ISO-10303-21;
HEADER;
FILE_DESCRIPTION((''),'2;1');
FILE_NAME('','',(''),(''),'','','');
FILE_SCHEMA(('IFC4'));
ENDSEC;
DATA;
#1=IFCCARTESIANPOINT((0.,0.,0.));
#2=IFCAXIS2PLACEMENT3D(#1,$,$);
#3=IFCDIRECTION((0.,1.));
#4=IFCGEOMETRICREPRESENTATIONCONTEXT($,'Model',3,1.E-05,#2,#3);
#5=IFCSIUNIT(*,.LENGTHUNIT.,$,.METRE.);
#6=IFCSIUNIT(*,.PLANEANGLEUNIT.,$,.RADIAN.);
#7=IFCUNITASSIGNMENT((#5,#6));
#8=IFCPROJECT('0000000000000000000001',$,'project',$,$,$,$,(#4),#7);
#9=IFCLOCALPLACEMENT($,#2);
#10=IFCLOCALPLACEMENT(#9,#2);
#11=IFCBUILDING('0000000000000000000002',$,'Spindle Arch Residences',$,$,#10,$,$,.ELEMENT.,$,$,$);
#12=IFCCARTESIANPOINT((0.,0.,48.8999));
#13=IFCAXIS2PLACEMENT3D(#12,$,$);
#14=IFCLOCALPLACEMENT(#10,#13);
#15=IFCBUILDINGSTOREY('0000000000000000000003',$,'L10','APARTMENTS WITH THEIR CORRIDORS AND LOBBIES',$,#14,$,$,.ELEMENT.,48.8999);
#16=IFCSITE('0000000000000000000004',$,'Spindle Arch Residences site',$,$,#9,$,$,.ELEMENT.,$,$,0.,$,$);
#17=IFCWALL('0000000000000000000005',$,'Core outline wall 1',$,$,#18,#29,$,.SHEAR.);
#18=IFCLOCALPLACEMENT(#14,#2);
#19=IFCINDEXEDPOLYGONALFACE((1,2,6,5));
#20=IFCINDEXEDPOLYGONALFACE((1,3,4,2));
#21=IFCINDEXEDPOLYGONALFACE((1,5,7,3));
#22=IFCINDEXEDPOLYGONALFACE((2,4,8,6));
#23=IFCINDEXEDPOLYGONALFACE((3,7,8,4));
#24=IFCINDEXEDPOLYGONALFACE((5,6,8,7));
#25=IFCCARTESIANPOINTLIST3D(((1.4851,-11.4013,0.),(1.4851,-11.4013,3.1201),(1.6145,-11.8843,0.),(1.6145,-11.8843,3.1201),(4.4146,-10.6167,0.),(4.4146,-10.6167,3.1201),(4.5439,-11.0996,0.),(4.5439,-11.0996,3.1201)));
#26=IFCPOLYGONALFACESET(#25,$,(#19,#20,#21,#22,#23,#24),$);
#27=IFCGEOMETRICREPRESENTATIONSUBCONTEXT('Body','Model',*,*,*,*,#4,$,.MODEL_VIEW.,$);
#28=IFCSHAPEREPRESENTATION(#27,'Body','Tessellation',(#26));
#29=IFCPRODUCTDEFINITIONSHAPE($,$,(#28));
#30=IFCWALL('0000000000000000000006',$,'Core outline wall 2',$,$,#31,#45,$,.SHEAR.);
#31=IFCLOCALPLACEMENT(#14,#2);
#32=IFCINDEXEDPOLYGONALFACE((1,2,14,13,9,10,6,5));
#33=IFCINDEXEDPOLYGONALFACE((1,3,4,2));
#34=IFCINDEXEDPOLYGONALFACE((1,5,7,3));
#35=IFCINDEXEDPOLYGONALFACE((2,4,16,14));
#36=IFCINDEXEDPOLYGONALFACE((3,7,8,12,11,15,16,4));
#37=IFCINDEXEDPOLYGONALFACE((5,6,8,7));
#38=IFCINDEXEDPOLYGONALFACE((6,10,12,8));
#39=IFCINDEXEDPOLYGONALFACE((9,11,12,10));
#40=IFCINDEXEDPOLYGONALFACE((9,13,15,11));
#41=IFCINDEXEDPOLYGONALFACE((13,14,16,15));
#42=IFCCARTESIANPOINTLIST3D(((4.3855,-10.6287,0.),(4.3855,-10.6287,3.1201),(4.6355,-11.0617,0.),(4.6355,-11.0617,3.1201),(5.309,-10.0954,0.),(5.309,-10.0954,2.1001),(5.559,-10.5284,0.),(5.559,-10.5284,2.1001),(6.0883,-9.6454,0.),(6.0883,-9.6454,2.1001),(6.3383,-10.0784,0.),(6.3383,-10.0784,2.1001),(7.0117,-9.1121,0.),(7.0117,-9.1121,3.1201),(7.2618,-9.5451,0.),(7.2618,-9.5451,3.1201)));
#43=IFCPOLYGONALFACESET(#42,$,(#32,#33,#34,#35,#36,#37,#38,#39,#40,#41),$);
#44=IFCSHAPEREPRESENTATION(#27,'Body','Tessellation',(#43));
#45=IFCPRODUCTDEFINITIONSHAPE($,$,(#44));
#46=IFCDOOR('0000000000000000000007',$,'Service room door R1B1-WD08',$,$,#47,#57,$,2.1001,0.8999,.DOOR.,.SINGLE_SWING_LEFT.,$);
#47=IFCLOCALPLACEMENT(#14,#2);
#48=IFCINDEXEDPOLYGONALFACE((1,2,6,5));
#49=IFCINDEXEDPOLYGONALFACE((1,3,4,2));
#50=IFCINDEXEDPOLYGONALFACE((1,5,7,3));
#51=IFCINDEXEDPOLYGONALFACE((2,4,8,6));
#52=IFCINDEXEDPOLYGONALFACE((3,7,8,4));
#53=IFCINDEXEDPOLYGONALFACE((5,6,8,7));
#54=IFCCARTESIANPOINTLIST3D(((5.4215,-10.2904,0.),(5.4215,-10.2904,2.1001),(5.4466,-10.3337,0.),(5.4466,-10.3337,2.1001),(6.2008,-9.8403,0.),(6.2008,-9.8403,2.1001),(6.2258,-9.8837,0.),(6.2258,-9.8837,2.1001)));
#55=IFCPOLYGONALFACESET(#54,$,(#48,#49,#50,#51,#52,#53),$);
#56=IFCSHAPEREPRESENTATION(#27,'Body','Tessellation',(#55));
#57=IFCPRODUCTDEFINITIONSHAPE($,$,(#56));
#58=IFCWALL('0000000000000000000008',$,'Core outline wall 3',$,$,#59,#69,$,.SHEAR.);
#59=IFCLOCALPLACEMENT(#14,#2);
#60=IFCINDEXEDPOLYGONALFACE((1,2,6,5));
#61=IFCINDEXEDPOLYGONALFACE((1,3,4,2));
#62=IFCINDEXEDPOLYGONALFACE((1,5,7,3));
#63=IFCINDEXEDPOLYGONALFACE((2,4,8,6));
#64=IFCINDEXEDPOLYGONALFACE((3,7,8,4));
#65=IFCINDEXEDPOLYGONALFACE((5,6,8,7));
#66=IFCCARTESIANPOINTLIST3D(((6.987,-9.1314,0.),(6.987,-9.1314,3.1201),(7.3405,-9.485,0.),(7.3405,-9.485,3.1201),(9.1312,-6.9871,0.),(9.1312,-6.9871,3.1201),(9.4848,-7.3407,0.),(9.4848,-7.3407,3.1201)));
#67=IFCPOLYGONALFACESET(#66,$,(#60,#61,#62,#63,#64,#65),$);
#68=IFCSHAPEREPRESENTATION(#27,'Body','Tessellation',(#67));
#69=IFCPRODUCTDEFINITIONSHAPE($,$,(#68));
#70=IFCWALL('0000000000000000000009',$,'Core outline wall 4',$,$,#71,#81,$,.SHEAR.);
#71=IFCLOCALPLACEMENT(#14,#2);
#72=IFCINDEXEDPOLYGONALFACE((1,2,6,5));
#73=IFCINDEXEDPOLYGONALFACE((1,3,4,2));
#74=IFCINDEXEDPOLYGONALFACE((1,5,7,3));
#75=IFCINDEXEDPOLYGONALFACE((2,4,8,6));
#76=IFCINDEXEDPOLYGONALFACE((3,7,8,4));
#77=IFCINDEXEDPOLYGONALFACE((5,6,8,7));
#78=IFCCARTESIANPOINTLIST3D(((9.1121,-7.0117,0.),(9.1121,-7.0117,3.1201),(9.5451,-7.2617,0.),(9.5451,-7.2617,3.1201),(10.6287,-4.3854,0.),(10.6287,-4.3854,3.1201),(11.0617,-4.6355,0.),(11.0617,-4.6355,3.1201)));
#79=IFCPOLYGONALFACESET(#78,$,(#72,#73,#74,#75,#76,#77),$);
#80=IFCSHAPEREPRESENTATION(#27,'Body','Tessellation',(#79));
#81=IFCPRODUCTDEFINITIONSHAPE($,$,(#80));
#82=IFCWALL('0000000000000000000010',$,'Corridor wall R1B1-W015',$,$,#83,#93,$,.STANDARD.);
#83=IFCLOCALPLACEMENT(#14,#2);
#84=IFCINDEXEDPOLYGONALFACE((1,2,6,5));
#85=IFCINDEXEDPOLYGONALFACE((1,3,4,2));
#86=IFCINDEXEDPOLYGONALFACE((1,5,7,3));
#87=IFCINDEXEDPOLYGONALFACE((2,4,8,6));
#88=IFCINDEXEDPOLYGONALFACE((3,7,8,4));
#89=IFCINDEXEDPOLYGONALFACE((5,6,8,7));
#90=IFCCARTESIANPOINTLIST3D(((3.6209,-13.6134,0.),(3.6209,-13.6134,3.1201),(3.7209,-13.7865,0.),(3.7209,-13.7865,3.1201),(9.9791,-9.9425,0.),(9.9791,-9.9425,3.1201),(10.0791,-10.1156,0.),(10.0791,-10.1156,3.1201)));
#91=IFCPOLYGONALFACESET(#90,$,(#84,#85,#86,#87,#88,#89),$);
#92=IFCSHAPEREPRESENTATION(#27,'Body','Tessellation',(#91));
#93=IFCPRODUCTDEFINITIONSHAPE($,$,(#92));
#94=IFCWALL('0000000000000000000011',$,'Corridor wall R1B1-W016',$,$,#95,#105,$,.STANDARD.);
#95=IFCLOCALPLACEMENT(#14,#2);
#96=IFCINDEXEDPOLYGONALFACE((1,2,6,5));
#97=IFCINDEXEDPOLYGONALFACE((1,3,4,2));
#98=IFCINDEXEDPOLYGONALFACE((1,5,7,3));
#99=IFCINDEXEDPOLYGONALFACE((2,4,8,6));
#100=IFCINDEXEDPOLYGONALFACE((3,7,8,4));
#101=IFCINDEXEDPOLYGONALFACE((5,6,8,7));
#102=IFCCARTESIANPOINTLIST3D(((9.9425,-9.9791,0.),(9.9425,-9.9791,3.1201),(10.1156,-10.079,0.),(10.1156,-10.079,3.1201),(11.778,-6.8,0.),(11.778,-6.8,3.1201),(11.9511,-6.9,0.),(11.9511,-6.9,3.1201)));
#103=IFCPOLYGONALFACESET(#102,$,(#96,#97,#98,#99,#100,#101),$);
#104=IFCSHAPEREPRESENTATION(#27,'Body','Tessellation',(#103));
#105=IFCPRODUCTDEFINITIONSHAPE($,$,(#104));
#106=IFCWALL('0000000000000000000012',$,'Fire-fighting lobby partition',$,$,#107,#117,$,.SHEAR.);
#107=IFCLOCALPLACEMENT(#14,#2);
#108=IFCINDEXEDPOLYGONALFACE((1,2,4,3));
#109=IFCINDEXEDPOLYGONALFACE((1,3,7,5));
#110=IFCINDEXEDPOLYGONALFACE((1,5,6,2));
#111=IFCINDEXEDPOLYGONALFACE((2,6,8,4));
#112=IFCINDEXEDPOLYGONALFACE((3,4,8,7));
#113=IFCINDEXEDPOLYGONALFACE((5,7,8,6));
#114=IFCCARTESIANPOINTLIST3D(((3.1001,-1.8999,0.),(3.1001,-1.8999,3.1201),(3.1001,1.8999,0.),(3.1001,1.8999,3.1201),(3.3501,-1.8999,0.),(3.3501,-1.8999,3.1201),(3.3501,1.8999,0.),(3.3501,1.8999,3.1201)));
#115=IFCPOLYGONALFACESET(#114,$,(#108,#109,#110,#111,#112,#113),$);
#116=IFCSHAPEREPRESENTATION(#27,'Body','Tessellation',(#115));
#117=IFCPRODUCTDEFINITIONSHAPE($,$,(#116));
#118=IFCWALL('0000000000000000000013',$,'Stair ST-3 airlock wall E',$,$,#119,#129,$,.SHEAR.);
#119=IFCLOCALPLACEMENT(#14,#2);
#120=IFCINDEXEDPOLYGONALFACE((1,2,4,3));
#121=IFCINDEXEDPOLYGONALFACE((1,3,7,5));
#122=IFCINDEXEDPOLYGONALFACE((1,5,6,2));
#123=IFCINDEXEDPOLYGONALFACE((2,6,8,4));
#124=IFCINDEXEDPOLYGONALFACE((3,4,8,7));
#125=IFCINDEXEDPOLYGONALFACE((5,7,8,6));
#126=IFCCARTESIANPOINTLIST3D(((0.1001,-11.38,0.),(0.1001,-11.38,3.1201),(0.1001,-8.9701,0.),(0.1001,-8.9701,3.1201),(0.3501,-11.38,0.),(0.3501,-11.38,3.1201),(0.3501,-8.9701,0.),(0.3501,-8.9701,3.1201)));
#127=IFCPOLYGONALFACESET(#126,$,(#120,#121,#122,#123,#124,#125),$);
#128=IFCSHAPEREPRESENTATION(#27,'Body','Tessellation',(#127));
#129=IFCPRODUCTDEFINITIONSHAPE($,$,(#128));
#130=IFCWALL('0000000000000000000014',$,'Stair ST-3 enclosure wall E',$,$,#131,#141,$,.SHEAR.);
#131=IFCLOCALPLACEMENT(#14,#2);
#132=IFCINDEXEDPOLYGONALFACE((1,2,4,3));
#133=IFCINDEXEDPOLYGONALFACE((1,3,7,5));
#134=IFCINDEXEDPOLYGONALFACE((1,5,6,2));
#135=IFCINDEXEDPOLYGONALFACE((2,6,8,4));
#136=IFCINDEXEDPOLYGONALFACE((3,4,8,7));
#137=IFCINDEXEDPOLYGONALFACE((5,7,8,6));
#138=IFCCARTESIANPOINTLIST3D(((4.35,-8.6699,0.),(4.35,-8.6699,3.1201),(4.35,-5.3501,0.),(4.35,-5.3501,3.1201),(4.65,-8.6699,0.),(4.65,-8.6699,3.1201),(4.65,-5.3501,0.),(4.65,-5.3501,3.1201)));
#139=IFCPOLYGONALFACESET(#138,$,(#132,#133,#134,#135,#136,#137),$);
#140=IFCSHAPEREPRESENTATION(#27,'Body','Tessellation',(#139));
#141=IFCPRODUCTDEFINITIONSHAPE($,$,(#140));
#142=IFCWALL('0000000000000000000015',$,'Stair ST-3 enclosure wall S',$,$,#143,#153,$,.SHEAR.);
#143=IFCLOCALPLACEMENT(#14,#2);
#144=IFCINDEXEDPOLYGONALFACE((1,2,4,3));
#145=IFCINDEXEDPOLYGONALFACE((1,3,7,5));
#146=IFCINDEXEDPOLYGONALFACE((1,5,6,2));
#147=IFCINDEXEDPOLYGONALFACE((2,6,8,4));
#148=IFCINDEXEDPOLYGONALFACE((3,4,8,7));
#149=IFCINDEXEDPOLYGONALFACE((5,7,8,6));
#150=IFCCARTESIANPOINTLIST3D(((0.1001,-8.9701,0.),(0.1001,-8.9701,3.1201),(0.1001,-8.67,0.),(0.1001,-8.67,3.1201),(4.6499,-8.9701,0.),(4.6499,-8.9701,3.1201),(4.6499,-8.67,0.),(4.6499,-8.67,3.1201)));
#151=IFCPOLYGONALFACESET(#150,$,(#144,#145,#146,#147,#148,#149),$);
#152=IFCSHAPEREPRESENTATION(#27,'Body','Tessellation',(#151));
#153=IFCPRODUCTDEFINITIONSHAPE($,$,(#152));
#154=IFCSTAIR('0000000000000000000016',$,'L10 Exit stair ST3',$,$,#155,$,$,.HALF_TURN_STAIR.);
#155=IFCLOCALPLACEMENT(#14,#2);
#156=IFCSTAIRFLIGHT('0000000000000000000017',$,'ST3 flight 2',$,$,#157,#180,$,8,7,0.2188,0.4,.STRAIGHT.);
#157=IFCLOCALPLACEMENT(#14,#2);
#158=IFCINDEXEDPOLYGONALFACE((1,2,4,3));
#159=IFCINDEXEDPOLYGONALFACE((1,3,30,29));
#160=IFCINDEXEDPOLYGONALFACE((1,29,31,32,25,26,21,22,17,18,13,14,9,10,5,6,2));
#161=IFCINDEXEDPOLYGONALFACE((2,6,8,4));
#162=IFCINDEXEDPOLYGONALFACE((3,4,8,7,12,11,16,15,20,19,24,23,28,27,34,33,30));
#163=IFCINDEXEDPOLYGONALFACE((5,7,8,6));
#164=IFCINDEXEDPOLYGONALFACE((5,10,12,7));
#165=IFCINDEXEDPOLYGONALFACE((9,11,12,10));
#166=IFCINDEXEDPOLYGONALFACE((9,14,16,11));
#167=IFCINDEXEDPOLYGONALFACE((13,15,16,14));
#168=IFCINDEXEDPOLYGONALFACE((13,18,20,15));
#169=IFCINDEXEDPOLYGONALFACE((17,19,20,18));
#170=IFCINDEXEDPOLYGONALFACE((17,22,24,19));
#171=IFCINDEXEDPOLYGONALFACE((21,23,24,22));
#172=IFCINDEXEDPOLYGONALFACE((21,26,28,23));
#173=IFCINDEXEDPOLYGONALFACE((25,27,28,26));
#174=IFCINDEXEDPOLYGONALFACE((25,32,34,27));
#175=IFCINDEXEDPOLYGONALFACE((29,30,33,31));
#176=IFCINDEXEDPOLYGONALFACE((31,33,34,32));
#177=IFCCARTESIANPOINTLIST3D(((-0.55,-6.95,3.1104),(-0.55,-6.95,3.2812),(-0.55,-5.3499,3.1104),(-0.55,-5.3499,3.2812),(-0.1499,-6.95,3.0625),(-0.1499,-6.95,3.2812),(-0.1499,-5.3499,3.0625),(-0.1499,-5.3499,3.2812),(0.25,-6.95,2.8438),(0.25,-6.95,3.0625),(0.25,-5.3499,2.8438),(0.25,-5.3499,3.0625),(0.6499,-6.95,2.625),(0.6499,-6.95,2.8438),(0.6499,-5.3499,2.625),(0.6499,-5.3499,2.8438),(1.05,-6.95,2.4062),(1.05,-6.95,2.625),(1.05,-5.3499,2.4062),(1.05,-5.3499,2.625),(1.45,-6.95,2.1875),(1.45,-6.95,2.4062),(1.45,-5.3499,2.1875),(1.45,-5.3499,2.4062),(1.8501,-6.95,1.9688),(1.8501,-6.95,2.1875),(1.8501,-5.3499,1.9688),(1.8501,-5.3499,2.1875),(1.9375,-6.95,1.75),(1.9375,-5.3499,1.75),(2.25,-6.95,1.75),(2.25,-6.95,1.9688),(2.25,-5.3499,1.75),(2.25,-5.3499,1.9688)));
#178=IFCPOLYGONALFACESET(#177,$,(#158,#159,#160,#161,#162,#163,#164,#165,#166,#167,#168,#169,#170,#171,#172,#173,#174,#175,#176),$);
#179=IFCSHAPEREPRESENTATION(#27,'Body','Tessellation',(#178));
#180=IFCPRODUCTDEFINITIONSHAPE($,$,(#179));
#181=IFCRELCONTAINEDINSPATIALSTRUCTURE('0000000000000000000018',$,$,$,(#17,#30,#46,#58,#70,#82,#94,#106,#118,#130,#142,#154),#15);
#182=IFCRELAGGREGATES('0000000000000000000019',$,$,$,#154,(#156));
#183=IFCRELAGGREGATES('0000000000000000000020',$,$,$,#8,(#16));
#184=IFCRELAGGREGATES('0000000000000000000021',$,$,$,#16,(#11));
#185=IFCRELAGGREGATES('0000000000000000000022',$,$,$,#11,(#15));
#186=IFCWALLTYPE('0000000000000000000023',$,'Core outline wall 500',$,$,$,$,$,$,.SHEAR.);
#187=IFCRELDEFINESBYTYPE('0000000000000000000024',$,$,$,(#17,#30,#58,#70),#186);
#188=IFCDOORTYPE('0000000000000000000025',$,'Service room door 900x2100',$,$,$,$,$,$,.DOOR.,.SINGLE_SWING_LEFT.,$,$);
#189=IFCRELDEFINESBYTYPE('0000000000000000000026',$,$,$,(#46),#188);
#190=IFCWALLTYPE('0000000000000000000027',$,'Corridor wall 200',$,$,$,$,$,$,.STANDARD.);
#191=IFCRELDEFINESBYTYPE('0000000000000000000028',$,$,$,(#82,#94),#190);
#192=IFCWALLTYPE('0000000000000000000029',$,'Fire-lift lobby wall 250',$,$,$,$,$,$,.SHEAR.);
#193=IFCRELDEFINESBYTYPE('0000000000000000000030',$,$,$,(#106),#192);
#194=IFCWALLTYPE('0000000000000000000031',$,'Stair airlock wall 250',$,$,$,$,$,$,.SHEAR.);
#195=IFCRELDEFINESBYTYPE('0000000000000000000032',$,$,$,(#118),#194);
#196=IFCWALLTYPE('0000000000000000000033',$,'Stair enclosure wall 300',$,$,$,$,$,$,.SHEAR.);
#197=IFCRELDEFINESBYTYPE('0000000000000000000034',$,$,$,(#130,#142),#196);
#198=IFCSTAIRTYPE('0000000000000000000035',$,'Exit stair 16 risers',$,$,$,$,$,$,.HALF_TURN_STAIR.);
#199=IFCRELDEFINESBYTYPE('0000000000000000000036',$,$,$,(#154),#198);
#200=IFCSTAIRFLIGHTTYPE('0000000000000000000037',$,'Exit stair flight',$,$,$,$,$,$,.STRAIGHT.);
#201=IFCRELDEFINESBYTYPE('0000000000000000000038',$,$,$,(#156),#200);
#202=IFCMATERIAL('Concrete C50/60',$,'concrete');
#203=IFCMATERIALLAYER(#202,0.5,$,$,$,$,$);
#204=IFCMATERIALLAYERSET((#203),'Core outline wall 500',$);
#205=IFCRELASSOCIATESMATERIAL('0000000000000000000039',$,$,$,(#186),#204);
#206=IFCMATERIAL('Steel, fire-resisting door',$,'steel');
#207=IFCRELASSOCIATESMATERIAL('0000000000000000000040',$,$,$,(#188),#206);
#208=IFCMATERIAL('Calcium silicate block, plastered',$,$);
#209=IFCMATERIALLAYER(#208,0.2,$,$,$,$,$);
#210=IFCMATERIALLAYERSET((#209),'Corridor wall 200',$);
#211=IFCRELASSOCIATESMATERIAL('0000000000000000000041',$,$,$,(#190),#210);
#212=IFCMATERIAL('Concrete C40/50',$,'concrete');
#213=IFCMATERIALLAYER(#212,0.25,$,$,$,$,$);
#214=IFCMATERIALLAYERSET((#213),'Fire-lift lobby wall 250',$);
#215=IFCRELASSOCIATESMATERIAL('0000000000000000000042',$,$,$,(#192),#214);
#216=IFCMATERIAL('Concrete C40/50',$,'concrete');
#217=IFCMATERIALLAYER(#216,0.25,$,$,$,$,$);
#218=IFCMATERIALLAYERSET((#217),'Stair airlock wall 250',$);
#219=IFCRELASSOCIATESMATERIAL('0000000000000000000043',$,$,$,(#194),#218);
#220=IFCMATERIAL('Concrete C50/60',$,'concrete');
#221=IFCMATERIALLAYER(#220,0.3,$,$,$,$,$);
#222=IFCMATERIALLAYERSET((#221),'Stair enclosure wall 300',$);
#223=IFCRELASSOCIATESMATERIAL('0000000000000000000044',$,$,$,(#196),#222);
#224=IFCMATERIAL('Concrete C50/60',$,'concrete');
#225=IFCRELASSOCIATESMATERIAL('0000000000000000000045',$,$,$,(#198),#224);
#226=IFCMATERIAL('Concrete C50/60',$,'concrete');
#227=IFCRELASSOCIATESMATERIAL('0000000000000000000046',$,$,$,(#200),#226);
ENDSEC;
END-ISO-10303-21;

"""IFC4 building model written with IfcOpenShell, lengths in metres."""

from ifc_helpers import new_model, si_unit, direction, frame, frame_2d, origin, place, context, subcontext, project, spatial, polyline, rectangle, outline, extrude, material, layer, layer_set, type_object, element, fill, aggregate, save


model = new_model("IFC4")

# Units and contexts
model_context = context("Model", 3, precision=1e-05, world=origin(), true_north=direction((0.0, 1.0)))
body_context = subcontext(model_context, "Body", "Model", "MODEL_VIEW")
ifc_project = project(units=[si_unit("LENGTHUNIT", "METRE"), si_unit("PLANEANGLEUNIT", "RADIAN")], contexts=[model_context])

# Site, building, storey
site_placement = place(None, origin())
site = spatial("IfcSite", under=ifc_project, at=site_placement, Name="Spindle Arch Residences site", CompositionType="ELEMENT", RefElevation=0.0)
building_placement = place(site_placement, origin())
building = spatial("IfcBuilding", under=site, at=building_placement, Name="Spindle Arch Residences", CompositionType="ELEMENT")
storey_placement = place(building_placement, frame((0.0, 0.0, 48.8999)))
storey = spatial("IfcBuildingStorey", under=building, at=storey_placement, Name="L10", Description="APARTMENTS WITH THEIR CORRIDORS AND LOBBIES", CompositionType="ELEMENT", Elevation=48.8999)

# Wall
ifc_material_1 = material(Name="Concrete C50/60", Category="concrete")
ifc_layer_1 = layer(ifc_material_1, 0.5)
ifc_layer_set_1 = layer_set([ifc_layer_1], Name="Core outline wall 500")
wall_type_1 = type_object("IfcWallType", Name="Core outline wall 500", PredefinedType="SHEAR", material=ifc_layer_set_1)
wall_1_placement = place(storey_placement, frame((1.5498, -11.6428, 0.0), z_axis=(0.0, 0.0, 1.0), x_axis=(0.965948, 0.258735, 0.0)))
element("IfcWall", 1, at=wall_1_placement, inside=storey, type_object=wall_type_1, Name="Core outline wall 1", PredefinedType="SHEAR", context=body_context, shape_type="SweptSolid", body=[
    extrude(rectangle(XDim=3.0327, YDim=0.5, at=frame_2d((1.5164, 0.0))), origin(), (0.0, 0.0, 1.0), 3.1201),
])

# Wall, opening, door
wall_2_placement = place(storey_placement, frame((4.5105, -10.8452, 0.0), z_axis=(0.0, 0.0, 1.0), x_axis=(0.865975, 0.500087, 0.0)))
wall_2 = element("IfcWall", 2, at=wall_2_placement, inside=storey, type_object=wall_type_1, Name="Core outline wall 2", PredefinedType="SHEAR", context=body_context, shape_type="SweptSolid", body=[
    extrude(rectangle(XDim=3.0327, YDim=0.5, at=frame_2d((1.5164, 0.0))), origin(), (0.0, 0.0, 1.0), 3.1201),
])
opening_1_placement = place(wall_2_placement, frame((1.0664, 0.0, 0.0)))
opening_1 = element("IfcOpeningElement", 3, at=opening_1_placement, cuts=wall_2, PredefinedType="OPENING", context=body_context, shape_type="SweptSolid", body=[
    extrude(rectangle(XDim=0.8999, YDim=2.1001, at=frame_2d((0.45, 1.05))), frame((0.0, 0.26, 0.0), z_axis=(0.0, -1.0, 0.0), x_axis=(1.0, 0.0, 0.0)), (0.0, 0.0, 1.0), 0.52),
])
ifc_material_2 = material(Name="Steel, fire-resisting door", Category="steel")
door_type_1 = type_object("IfcDoorType", Name="Service room door 900x2100", OperationType="SINGLE_SWING_LEFT", PredefinedType="DOOR", material=ifc_material_2)
door_1_placement = place(opening_1_placement, origin())
door_1 = element("IfcDoor", 4, at=door_1_placement, inside=storey, type_object=door_type_1, Name="Service room door R1B1-WD08", OperationType="SINGLE_SWING_LEFT", OverallHeight=2.1001, OverallWidth=0.8999, PredefinedType="DOOR", context=body_context, shape_type="SweptSolid", body=[
    extrude(rectangle(XDim=0.8999, YDim=2.1001, at=frame_2d((0.45, 1.05))), frame((0.0, 0.0249, 0.0), z_axis=(0.0, -1.0, 0.0), x_axis=(1.0, 0.0, 0.0)), (0.0, 0.0, 1.0), 0.05),
])
fill(opening_1, door_1)

# Walls
wall_3_placement = place(storey_placement, frame((7.1638, -9.3081, 0.0), z_axis=(0.0, 0.0, 1.0), x_axis=(0.707107, 0.707107, 0.0)))
element("IfcWall", 5, at=wall_3_placement, inside=storey, type_object=wall_type_1, Name="Core outline wall 3", PredefinedType="SHEAR", context=body_context, shape_type="SweptSolid", body=[
    extrude(rectangle(XDim=3.0325, YDim=0.5, at=frame_2d((1.5161, 0.0))), origin(), (0.0, 0.0, 1.0), 3.1201),
])
wall_4_placement = place(storey_placement, frame((9.3286, -7.1367, 0.0), z_axis=(0.0, 0.0, 1.0), x_axis=(0.500087, 0.865975, 0.0)))
element("IfcWall", 6, at=wall_4_placement, inside=storey, type_object=wall_type_1, Name="Core outline wall 4", PredefinedType="SHEAR", context=body_context, shape_type="SweptSolid", body=[
    extrude(rectangle(XDim=3.0327, YDim=0.5, at=frame_2d((1.5164, 0.0))), origin(), (0.0, 0.0, 1.0), 3.1201),
])
ifc_material_3 = material(Name="Calcium silicate block, plastered")
ifc_layer_2 = layer(ifc_material_3, 0.2)
ifc_layer_set_2 = layer_set([ifc_layer_2], Name="Corridor wall 200")
wall_type_2 = type_object("IfcWallType", Name="Corridor wall 200", PredefinedType="STANDARD", material=ifc_layer_set_2)
wall_5_placement = place(storey_placement, frame((3.6709, -13.7, 0.0), z_axis=(0.0, 0.0, 1.0), x_axis=(0.866024, 0.500002, 0.0)))
element("IfcWall", 7, at=wall_5_placement, inside=storey, type_object=wall_type_2, Name="Corridor wall R1B1-W015", PredefinedType="STANDARD", context=body_context, shape_type="SweptSolid", body=[
    extrude(rectangle(XDim=7.3418, YDim=0.2, at=frame_2d((3.6709, 0.0))), origin(), (0.0, 0.0, 1.0), 3.1201),
])
wall_6_placement = place(storey_placement, frame((10.0291, -10.0291, 0.0), z_axis=(0.0, 0.0, 1.0), x_axis=(0.500016, 0.866016, 0.0)))
element("IfcWall", 8, at=wall_6_placement, inside=storey, type_object=wall_type_2, Name="Corridor wall R1B1-W016", PredefinedType="STANDARD", context=body_context, shape_type="SweptSolid", body=[
    extrude(rectangle(XDim=3.6709, YDim=0.2, at=frame_2d((1.8354, 0.0))), origin(), (0.0, 0.0, 1.0), 3.1201),
])
ifc_material_4 = material(Name="Concrete C40/50", Category="concrete")
ifc_layer_3 = layer(ifc_material_4, 0.25)
ifc_layer_set_3 = layer_set([ifc_layer_3], Name="Fire-lift lobby wall 250")
wall_type_3 = type_object("IfcWallType", Name="Fire-lift lobby wall 250", PredefinedType="SHEAR", material=ifc_layer_set_3)
wall_7_placement = place(storey_placement, frame((3.2251, -1.8999, 0.0), z_axis=(0.0, 0.0, 1.0), x_axis=(0.0, 1.0, 0.0)))
element("IfcWall", 9, at=wall_7_placement, inside=storey, type_object=wall_type_3, Name="Fire-fighting lobby partition", PredefinedType="SHEAR", context=body_context, shape_type="SweptSolid", body=[
    extrude(rectangle(XDim=3.7998, YDim=0.25, at=frame_2d((1.8999, 0.0))), origin(), (0.0, 0.0, 1.0), 3.1201),
])

# Walls
ifc_material_5 = material(Name="Concrete C40/50", Category="concrete")
ifc_layer_4 = layer(ifc_material_5, 0.25)
ifc_layer_set_4 = layer_set([ifc_layer_4], Name="Stair airlock wall 250")
wall_type_4 = type_object("IfcWallType", Name="Stair airlock wall 250", PredefinedType="SHEAR", material=ifc_layer_set_4)
wall_8_placement = place(storey_placement, frame((0.2251, -8.97, 0.0), z_axis=(0.0, 0.0, 1.0), x_axis=(0.0, -1.0, 0.0)))
element("IfcWall", 10, at=wall_8_placement, inside=storey, type_object=wall_type_4, Name="Stair ST-3 airlock wall E", PredefinedType="SHEAR", context=body_context, shape_type="SweptSolid", body=[
    extrude(rectangle(XDim=2.4099, YDim=0.25, at=frame_2d((1.2051, 0.0))), origin(), (0.0, 0.0, 1.0), 3.1201),
])
ifc_material_6 = material(Name="Concrete C50/60", Category="concrete")
ifc_layer_5 = layer(ifc_material_6, 0.3)
ifc_layer_set_5 = layer_set([ifc_layer_5], Name="Stair enclosure wall 300")
wall_type_5 = type_object("IfcWallType", Name="Stair enclosure wall 300", PredefinedType="SHEAR", material=ifc_layer_set_5)
wall_9_placement = place(storey_placement, frame((4.5, -8.6699, 0.0), z_axis=(0.0, 0.0, 1.0), x_axis=(0.0, 1.0, 0.0)))
element("IfcWall", 11, at=wall_9_placement, inside=storey, type_object=wall_type_5, Name="Stair ST-3 enclosure wall E", PredefinedType="SHEAR", context=body_context, shape_type="SweptSolid", body=[
    extrude(rectangle(XDim=3.3198, YDim=0.3, at=frame_2d((1.6599, 0.0))), origin(), (0.0, 0.0, 1.0), 3.1201),
])
wall_10_placement = place(storey_placement, frame((0.1001, -8.8201, 0.0), z_axis=(0.0, 0.0, 1.0), x_axis=(1.0, 0.0, 0.0)))
element("IfcWall", 12, at=wall_10_placement, inside=storey, type_object=wall_type_5, Name="Stair ST-3 enclosure wall S", PredefinedType="SHEAR", context=body_context, shape_type="SweptSolid", body=[
    extrude(rectangle(XDim=4.5498, YDim=0.3, at=frame_2d((2.2749, 0.0))), origin(), (0.0, 0.0, 1.0), 3.1201),
])

# Stair, stair flight
ifc_material_7 = material(Name="Concrete C50/60", Category="concrete")
stair_type = type_object("IfcStairType", Name="Exit stair 16 risers", PredefinedType="HALF_TURN_STAIR", material=ifc_material_7)
stair_placement = place(storey_placement, origin())
stair = element("IfcStair", 13, at=stair_placement, inside=storey, type_object=stair_type, Name="L10 Exit stair ST3", PredefinedType="HALF_TURN_STAIR")
ifc_material_8 = material(Name="Concrete C50/60", Category="concrete")
stair_flight_type = type_object("IfcStairFlightType", Name="Exit stair flight", PredefinedType="STRAIGHT", material=ifc_material_8)
stair_flight_placement = place(storey_placement, frame((2.25, -6.1499, 1.75), z_axis=(0.0, 0.0, 1.0), x_axis=(-1.0, 0.0, 0.0)))
stair_flight = element("IfcStairFlight", 14, at=stair_flight_placement, type_object=stair_flight_type, Name="ST3 flight 2", NumberOfRisers=8, NumberOfTreads=7, PredefinedType="STRAIGHT", RiserHeight=0.2188, TreadLength=0.4, context=body_context, shape_type="SweptSolid", body=[
    extrude(outline(polyline([(0.0, 0.0), (0.0, 0.2188), (0.3999, 0.2188), (0.3999, 0.4375), (0.8, 0.4375), (0.8, 0.6562), (1.2, 0.6562), (1.2, 0.875), (1.6001, 0.875), (1.6001, 1.0938), (2.0, 1.0938), (2.0, 1.3125), (2.3999, 1.3125), (2.3999, 1.5312), (2.8, 1.5312), (2.8, 1.75), (2.8, 1.3604), (0.3125, 0.0), (0.0, 0.0)])), frame((0.0, 0.8, 0.0), z_axis=(0.0, -1.0, 0.0), x_axis=(1.0, 0.0, 0.0)), (0.0, 0.0, 1.0), 1.6001),
])
aggregate(stair, [stair_flight])

save(model, "model.ifc")
